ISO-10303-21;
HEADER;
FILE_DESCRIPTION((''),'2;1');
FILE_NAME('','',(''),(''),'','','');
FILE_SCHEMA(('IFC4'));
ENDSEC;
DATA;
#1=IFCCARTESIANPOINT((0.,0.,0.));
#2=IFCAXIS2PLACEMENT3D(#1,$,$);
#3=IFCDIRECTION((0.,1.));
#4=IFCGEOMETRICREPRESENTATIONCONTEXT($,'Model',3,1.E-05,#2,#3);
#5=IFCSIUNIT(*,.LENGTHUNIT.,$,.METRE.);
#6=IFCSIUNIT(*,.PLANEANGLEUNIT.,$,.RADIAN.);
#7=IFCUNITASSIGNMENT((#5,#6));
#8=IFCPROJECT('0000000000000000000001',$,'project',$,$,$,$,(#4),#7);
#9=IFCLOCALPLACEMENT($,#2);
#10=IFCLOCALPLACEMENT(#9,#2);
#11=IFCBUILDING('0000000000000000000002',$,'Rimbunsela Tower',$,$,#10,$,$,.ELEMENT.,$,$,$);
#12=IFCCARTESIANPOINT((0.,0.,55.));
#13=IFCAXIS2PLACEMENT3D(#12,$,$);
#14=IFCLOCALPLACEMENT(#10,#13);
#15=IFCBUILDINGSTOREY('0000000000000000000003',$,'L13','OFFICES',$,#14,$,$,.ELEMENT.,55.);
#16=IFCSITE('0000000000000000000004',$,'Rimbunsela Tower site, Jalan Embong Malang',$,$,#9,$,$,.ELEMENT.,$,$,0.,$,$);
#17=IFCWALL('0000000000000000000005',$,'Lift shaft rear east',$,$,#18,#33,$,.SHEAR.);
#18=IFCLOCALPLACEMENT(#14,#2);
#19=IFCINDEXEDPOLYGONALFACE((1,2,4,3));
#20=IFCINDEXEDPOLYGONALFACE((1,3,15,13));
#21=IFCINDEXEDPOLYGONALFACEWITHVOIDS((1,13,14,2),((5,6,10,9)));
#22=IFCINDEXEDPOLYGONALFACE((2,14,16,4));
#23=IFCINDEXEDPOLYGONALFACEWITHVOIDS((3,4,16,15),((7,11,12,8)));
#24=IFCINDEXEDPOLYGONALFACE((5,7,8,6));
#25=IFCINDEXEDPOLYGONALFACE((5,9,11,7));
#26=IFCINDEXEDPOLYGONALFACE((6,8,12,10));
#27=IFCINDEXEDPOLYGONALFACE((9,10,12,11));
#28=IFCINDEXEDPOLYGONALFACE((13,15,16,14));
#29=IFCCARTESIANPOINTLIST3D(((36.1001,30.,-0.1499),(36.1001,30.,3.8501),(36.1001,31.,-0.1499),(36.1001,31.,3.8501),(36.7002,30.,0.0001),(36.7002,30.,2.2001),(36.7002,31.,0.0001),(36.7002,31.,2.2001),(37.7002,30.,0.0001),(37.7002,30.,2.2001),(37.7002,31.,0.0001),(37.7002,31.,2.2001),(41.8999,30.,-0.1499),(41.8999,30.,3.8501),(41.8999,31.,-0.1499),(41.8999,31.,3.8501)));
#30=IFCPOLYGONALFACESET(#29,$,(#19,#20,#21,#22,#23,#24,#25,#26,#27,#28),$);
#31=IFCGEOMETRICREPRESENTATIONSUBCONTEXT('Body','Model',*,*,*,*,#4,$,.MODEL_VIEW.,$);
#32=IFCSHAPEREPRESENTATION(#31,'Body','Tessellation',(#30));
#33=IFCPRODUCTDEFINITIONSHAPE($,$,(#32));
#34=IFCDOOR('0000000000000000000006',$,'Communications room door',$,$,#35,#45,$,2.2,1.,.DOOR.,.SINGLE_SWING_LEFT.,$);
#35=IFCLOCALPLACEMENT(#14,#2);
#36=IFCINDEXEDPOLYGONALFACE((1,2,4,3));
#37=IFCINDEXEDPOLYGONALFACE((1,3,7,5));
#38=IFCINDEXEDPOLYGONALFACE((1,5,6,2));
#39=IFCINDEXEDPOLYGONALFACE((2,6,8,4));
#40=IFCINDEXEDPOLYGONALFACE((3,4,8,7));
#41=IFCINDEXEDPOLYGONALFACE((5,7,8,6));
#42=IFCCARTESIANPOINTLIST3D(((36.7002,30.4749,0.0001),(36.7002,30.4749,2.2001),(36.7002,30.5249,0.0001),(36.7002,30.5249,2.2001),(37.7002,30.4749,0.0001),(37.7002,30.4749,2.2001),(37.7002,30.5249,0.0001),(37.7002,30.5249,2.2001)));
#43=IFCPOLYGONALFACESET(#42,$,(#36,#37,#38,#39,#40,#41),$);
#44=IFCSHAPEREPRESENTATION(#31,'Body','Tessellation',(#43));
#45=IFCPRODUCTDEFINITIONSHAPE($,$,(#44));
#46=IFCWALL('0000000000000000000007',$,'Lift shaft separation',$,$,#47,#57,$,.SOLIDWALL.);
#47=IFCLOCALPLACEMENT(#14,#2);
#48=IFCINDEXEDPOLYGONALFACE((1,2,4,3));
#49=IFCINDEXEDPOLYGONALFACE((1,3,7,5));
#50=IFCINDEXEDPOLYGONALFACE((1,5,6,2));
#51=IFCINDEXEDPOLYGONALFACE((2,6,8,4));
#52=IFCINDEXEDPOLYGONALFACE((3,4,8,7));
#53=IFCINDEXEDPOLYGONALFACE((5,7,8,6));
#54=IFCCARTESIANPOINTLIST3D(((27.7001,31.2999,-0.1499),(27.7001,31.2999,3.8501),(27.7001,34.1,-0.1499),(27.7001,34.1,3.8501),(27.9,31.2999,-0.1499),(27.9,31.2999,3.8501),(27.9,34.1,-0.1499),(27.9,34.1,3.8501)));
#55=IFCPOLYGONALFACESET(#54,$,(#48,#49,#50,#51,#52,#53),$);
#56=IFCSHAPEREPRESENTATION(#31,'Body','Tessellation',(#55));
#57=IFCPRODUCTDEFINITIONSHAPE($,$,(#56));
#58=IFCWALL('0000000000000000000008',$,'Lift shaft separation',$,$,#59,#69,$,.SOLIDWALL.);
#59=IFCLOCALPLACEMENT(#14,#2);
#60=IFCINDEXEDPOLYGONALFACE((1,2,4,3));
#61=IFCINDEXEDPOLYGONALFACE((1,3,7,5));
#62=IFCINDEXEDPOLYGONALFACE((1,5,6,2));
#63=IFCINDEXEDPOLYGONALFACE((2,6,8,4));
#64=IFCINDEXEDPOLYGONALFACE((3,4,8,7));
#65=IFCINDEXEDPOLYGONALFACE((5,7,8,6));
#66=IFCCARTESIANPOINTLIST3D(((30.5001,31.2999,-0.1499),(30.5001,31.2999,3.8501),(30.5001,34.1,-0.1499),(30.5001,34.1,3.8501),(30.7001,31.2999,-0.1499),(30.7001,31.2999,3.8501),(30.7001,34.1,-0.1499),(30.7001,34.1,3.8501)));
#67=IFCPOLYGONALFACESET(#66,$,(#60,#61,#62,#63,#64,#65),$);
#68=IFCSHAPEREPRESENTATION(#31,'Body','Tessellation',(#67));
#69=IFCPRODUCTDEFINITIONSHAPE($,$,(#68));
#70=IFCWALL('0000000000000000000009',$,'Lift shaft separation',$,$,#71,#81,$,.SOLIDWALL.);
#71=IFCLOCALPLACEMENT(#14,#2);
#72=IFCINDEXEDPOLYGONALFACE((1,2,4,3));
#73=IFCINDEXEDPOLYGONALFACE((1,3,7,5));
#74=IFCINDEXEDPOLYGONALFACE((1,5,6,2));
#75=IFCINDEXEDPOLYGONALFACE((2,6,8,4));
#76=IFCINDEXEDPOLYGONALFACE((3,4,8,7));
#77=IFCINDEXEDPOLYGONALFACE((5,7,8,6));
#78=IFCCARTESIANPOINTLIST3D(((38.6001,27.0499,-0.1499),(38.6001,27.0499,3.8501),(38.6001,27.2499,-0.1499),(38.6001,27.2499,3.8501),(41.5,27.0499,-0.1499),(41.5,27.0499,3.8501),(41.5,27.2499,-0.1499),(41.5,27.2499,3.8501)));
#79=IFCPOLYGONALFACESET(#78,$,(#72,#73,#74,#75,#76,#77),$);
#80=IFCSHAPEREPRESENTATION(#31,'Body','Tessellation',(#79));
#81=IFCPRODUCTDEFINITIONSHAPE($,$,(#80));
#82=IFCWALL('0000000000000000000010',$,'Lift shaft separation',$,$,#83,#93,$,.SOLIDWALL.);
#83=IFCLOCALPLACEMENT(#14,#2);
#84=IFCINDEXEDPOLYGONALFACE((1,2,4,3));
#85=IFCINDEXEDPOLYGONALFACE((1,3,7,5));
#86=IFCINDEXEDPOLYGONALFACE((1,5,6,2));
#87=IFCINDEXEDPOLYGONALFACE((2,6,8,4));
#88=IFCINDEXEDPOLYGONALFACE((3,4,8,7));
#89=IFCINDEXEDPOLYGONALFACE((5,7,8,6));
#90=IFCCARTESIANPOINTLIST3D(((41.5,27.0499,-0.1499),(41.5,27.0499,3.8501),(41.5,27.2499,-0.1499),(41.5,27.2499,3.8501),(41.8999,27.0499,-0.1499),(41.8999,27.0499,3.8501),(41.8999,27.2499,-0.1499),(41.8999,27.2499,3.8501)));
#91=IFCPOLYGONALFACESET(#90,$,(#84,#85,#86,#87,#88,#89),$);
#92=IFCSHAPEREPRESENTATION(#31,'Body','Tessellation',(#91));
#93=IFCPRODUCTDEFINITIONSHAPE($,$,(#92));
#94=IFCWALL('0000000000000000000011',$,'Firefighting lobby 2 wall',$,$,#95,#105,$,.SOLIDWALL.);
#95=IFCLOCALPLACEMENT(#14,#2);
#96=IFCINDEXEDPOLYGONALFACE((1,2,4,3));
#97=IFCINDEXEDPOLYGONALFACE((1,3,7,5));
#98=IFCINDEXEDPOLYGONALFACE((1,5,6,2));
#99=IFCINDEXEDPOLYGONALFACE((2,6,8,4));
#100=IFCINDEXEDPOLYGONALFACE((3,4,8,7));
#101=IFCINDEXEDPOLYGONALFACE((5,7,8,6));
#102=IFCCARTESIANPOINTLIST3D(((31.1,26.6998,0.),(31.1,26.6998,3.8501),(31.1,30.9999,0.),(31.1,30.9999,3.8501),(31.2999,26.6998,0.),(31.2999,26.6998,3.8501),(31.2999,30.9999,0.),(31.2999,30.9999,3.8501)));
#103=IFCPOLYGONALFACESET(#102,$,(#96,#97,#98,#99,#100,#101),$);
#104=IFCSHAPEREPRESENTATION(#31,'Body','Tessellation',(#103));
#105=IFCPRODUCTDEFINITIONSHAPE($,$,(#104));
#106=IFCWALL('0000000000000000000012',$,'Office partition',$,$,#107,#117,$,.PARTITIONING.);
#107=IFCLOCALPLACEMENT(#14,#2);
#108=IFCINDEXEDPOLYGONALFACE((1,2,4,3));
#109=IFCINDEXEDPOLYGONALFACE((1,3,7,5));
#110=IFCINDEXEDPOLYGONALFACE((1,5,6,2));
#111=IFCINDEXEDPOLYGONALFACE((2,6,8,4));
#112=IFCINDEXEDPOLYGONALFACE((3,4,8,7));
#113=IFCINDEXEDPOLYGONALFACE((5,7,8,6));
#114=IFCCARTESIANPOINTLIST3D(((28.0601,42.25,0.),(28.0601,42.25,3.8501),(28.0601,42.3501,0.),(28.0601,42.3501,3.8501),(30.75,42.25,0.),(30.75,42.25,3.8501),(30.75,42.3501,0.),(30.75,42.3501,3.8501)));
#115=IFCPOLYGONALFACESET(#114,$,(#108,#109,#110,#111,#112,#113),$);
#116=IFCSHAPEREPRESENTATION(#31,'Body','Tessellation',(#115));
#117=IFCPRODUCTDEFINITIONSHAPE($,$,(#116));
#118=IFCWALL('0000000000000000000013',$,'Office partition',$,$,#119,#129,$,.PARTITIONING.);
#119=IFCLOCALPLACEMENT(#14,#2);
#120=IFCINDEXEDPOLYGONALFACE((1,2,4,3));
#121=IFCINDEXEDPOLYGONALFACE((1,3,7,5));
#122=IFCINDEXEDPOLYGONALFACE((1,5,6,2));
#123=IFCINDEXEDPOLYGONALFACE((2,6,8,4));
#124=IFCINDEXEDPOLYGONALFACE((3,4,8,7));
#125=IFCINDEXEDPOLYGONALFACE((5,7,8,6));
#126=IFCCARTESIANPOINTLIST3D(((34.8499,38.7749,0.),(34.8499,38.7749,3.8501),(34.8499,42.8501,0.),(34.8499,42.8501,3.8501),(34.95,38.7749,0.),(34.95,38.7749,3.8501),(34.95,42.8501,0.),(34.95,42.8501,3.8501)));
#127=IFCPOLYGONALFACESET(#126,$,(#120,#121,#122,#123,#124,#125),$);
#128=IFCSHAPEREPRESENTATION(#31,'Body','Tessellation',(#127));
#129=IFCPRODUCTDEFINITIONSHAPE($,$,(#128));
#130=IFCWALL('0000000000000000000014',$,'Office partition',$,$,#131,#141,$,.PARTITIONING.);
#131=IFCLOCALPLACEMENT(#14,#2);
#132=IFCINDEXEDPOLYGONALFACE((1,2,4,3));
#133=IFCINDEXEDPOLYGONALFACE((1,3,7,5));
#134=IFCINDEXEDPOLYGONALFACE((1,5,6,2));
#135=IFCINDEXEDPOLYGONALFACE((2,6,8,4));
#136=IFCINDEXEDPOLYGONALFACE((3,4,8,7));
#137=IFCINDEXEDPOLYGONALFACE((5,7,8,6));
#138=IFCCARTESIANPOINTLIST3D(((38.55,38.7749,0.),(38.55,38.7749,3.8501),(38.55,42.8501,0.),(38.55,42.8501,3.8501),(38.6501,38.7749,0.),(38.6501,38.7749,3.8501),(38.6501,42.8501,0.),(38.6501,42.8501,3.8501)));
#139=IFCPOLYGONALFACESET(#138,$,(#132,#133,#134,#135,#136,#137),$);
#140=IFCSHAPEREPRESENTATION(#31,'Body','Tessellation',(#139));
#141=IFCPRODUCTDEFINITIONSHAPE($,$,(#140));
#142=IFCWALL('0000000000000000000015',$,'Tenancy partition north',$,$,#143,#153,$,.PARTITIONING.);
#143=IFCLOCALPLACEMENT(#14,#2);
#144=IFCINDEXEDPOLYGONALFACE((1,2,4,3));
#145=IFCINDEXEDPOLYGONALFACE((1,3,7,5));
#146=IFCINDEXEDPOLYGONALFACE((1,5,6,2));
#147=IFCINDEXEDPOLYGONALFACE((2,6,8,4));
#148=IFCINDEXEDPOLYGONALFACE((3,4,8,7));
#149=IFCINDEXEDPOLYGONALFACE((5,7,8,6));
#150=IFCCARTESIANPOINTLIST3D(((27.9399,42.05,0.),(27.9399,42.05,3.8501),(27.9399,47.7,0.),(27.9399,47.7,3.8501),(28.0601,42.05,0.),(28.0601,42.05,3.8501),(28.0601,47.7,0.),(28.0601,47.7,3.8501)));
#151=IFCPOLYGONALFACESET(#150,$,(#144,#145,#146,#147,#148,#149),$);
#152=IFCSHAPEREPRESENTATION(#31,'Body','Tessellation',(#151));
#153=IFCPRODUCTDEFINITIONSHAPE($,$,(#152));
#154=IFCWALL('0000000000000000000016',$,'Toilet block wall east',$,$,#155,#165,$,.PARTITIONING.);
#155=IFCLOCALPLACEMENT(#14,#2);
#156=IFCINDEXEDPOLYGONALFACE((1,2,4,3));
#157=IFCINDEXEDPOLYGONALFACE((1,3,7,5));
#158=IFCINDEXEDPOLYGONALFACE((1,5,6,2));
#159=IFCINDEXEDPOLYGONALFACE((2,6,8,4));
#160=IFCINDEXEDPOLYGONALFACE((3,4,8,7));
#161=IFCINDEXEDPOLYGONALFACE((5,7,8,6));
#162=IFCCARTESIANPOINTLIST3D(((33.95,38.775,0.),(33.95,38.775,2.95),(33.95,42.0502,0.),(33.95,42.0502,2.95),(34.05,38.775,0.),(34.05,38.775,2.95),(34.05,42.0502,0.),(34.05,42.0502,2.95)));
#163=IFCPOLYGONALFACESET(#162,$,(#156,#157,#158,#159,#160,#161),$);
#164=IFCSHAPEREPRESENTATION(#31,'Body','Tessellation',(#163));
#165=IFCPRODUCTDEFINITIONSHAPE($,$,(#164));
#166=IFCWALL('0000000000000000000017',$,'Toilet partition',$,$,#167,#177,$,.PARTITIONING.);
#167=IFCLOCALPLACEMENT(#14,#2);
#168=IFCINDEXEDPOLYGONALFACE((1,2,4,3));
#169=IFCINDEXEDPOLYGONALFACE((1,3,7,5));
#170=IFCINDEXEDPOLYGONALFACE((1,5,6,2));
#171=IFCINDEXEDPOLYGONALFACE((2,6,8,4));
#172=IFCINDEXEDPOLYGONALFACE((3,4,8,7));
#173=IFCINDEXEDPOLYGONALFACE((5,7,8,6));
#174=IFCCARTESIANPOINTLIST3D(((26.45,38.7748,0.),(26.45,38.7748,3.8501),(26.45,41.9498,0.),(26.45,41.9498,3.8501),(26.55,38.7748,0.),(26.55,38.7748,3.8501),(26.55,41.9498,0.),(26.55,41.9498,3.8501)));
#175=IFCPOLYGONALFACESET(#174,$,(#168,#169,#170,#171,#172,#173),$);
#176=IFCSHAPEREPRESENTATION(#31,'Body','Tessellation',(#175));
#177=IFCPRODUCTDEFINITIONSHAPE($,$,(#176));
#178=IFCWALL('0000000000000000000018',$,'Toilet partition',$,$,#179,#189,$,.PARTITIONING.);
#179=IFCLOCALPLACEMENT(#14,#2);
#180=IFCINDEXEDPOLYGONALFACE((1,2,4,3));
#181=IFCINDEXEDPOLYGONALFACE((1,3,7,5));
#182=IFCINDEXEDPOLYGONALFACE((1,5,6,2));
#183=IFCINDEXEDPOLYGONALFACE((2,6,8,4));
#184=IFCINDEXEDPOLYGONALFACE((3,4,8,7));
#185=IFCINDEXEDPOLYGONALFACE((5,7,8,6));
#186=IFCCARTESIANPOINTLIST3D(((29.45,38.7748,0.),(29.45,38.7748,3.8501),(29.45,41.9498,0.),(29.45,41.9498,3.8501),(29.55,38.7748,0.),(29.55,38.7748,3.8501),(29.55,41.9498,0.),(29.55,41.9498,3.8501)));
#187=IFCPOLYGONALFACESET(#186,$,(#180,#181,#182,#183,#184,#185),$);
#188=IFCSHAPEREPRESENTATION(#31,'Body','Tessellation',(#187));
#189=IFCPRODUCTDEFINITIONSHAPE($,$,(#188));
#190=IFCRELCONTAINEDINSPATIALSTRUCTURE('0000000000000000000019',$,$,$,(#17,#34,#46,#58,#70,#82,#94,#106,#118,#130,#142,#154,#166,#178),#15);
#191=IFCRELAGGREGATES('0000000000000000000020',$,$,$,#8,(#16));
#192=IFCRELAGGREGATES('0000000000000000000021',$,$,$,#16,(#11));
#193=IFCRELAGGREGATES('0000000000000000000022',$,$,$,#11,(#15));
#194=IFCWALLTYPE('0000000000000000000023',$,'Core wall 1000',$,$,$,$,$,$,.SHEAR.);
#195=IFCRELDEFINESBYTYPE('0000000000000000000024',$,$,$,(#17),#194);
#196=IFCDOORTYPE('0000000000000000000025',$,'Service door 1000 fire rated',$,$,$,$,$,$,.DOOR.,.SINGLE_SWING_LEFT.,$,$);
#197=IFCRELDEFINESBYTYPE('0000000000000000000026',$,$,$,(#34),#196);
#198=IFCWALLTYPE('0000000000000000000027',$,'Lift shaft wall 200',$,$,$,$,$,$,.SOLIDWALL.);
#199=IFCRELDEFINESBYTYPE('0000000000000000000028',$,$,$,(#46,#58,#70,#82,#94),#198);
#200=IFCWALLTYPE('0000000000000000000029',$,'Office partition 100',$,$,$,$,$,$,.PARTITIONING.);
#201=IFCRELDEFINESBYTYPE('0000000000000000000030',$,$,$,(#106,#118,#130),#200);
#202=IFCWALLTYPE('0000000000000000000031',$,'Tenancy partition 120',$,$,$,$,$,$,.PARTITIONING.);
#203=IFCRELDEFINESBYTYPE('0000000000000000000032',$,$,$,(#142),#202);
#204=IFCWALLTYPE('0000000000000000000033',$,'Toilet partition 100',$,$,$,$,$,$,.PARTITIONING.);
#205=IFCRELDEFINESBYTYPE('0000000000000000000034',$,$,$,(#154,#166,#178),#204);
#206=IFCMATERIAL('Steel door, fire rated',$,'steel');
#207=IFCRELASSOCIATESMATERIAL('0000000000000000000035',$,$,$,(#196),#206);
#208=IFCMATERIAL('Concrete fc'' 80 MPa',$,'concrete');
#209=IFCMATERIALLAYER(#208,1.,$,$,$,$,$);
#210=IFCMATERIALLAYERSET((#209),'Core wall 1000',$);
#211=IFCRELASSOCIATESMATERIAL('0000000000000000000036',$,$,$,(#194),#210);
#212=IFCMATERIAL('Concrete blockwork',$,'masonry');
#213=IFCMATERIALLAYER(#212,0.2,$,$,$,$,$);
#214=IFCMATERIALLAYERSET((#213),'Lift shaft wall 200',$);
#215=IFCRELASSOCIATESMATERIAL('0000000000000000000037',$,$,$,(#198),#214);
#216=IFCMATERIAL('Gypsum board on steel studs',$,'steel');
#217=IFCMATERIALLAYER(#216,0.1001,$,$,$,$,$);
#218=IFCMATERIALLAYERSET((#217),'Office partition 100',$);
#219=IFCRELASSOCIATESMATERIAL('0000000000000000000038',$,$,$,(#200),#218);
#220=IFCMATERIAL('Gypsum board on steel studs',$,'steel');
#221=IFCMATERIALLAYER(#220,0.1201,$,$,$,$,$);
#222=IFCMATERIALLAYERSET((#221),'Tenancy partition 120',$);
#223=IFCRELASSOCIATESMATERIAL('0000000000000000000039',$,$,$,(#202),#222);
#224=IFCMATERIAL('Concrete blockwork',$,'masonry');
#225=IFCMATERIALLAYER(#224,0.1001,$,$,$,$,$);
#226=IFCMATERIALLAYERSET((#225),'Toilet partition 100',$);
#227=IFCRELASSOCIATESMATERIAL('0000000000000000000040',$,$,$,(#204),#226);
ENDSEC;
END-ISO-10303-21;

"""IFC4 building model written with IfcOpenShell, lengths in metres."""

from ifc_helpers import new_model, si_unit, direction, frame, frame_2d, origin, place, context, subcontext, project, spatial, rectangle, extrude, material, layer, layer_set, type_object, element, fill, save


model = new_model("IFC4")

# Units and contexts
model_context = context("Model", 3, precision=1e-05, world=origin(), true_north=direction((0.0, 1.0)))
body_context = subcontext(model_context, "Body", "Model", "MODEL_VIEW")
ifc_project = project(units=[si_unit("LENGTHUNIT", "METRE"), si_unit("PLANEANGLEUNIT", "RADIAN")], contexts=[model_context])

# Site, building, storey
site_placement = place(None, origin())
site = spatial("IfcSite", under=ifc_project, at=site_placement, Name="Rimbunsela Tower site, Jalan Embong Malang", CompositionType="ELEMENT", RefElevation=0.0)
building_placement = place(site_placement, origin())
building = spatial("IfcBuilding", under=site, at=building_placement, Name="Rimbunsela Tower", CompositionType="ELEMENT")
storey_placement = place(building_placement, frame((0.0, 0.0, 55.0)))
storey = spatial("IfcBuildingStorey", under=building, at=storey_placement, Name="L13", Description="OFFICES", CompositionType="ELEMENT", Elevation=55.0)

# Shared definitions
ifc_material_1 = material(Name="Steel door, fire rated", Category="steel")
door_type = type_object("IfcDoorType", Name="Service door 1000 fire rated", OperationType="SINGLE_SWING_LEFT", PredefinedType="DOOR", material=ifc_material_1)

# Wall, opening, door
ifc_material_2 = material(Name="Concrete fc' 80 MPa", Category="concrete")
ifc_layer_1 = layer(ifc_material_2, 1.0)
ifc_layer_set_1 = layer_set([ifc_layer_1], Name="Core wall 1000")
wall_type_1 = type_object("IfcWallType", Name="Core wall 1000", PredefinedType="SHEAR", material=ifc_layer_set_1)
wall_1_placement = place(storey_placement, frame((36.1001, 30.5, -0.1499), z_axis=(0.0, 0.0, 1.0), x_axis=(1.0, 0.0, 0.0)))
wall_1 = element("IfcWall", 1, at=wall_1_placement, inside=storey, type_object=wall_type_1, Name="Lift shaft rear east", PredefinedType="SHEAR", context=body_context, shape_type="SweptSolid", body=[
    extrude(rectangle(XDim=5.7998, YDim=1.0, at=frame_2d((2.8999, 0.0))), origin(), (0.0, 0.0, 1.0), 4.0),
])
opening_1_placement = place(wall_1_placement, frame((0.6001, 0.0, 0.1499)))
opening_1 = element("IfcOpeningElement", 2, at=opening_1_placement, cuts=wall_1, PredefinedType="OPENING", context=body_context, shape_type="SweptSolid", body=[
    extrude(rectangle(XDim=1.0, YDim=2.2, at=frame_2d((0.5, 1.1001))), frame((0.0, 0.51, 0.0), z_axis=(0.0, -1.0, 0.0), x_axis=(1.0, 0.0, 0.0)), (0.0, 0.0, 1.0), 1.02),
])
door_1_placement = place(opening_1_placement, origin())
door_1 = element("IfcDoor", 3, at=door_1_placement, inside=storey, type_object=door_type, Name="Communications room door", OperationType="SINGLE_SWING_LEFT", OverallHeight=2.2, OverallWidth=1.0, PredefinedType="DOOR", context=body_context, shape_type="SweptSolid", body=[
    extrude(rectangle(XDim=1.0, YDim=2.2, at=frame_2d((0.5, 1.1001))), frame((0.0, 0.0249, 0.0), z_axis=(0.0, -1.0, 0.0), x_axis=(1.0, 0.0, 0.0)), (0.0, 0.0, 1.0), 0.05),
])
fill(opening_1, door_1)

# Walls
ifc_material_3 = material(Name="Concrete blockwork", Category="masonry")
ifc_layer_2 = layer(ifc_material_3, 0.2)
ifc_layer_set_2 = layer_set([ifc_layer_2], Name="Lift shaft wall 200")
wall_type_2 = type_object("IfcWallType", Name="Lift shaft wall 200", PredefinedType="SOLIDWALL", material=ifc_layer_set_2)
for number, where, z_axis, x_axis, name in (
    (4, (27.8, 31.3, -0.1499), (0.0, 0.0, 1.0), (0.0, 1.0, 0.0), "Lift shaft separation"),
    (5, (30.6001, 31.3, -0.1499), (0.0, 0.0, 1.0), (0.0, 1.0, 0.0), "Lift shaft separation"),
):
    element("IfcWall", number, at=place(storey_placement, frame(where, z_axis=z_axis, x_axis=x_axis)), inside=storey, type_object=wall_type_2, Name=name, PredefinedType="SOLIDWALL", context=body_context, shape_type="SweptSolid", body=[
        extrude(rectangle(XDim=2.8, YDim=0.2, at=frame_2d((1.3999, 0.0))), origin(), (0.0, 0.0, 1.0), 4.0),
    ])
wall_2_placement = place(storey_placement, frame((38.6001, 27.1499, -0.1499), z_axis=(0.0, 0.0, 1.0), x_axis=(1.0, 0.0, 0.0)))
element("IfcWall", 6, at=wall_2_placement, inside=storey, type_object=wall_type_2, Name="Lift shaft separation", PredefinedType="SOLIDWALL", context=body_context, shape_type="SweptSolid", body=[
    extrude(rectangle(XDim=2.8999, YDim=0.2, at=frame_2d((1.45, 0.0))), origin(), (0.0, 0.0, 1.0), 4.0),
])
wall_3_placement = place(storey_placement, frame((41.5, 27.1499, -0.1499), z_axis=(0.0, 0.0, 1.0), x_axis=(1.0, 0.0, 0.0)))
element("IfcWall", 7, at=wall_3_placement, inside=storey, type_object=wall_type_2, Name="Lift shaft separation", PredefinedType="SOLIDWALL", context=body_context, shape_type="SweptSolid", body=[
    extrude(rectangle(XDim=0.3999, YDim=0.2, at=frame_2d((0.2, 0.0))), origin(), (0.0, 0.0, 1.0), 4.0),
])
wall_4_placement = place(storey_placement, frame((31.2, 26.7, 0.0), z_axis=(0.0, 0.0, 1.0), x_axis=(0.0, 1.0, 0.0)))
element("IfcWall", 8, at=wall_4_placement, inside=storey, type_object=wall_type_2, Name="Firefighting lobby 2 wall", PredefinedType="SOLIDWALL", context=body_context, shape_type="SweptSolid", body=[
    extrude(rectangle(XDim=4.3, YDim=0.2, at=frame_2d((2.1499, 0.0))), origin(), (0.0, 0.0, 1.0), 3.8501),
])
ifc_material_4 = material(Name="Gypsum board on steel studs", Category="steel")
ifc_layer_3 = layer(ifc_material_4, 0.1001)
ifc_layer_set_3 = layer_set([ifc_layer_3], Name="Office partition 100")
wall_type_3 = type_object("IfcWallType", Name="Office partition 100", PredefinedType="PARTITIONING", material=ifc_layer_set_3)
wall_5_placement = place(storey_placement, frame((28.0601, 42.3, 0.0), z_axis=(0.0, 0.0, 1.0), x_axis=(1.0, 0.0, 0.0)))
element("IfcWall", 9, at=wall_5_placement, inside=storey, type_object=wall_type_3, Name="Office partition", PredefinedType="PARTITIONING", context=body_context, shape_type="SweptSolid", body=[
    extrude(rectangle(XDim=2.6899, YDim=0.1001, at=frame_2d((1.345, 0.0))), origin(), (0.0, 0.0, 1.0), 3.8501),
])
for number, where, z_axis, x_axis, name in (
    (10, (34.8999, 38.7749, 0.0), (0.0, 0.0, 1.0), (0.0, 1.0, 0.0), "Office partition"),
    (11, (38.6001, 38.7749, 0.0), (0.0, 0.0, 1.0), (0.0, 1.0, 0.0), "Office partition"),
):
    element("IfcWall", number, at=place(storey_placement, frame(where, z_axis=z_axis, x_axis=x_axis)), inside=storey, type_object=wall_type_3, Name=name, PredefinedType="PARTITIONING", context=body_context, shape_type="SweptSolid", body=[
        extrude(rectangle(XDim=4.0752, YDim=0.1001, at=frame_2d((2.0376, 0.0))), origin(), (0.0, 0.0, 1.0), 3.8501),
    ])
ifc_material_5 = material(Name="Gypsum board on steel studs", Category="steel")
ifc_layer_4 = layer(ifc_material_5, 0.1201)
ifc_layer_set_4 = layer_set([ifc_layer_4], Name="Tenancy partition 120")
wall_type_4 = type_object("IfcWallType", Name="Tenancy partition 120", PredefinedType="PARTITIONING", material=ifc_layer_set_4)
wall_6_placement = place(storey_placement, frame((28.0, 42.05, 0.0), z_axis=(0.0, 0.0, 1.0), x_axis=(0.0, 1.0, 0.0)))
element("IfcWall", 12, at=wall_6_placement, inside=storey, type_object=wall_type_4, Name="Tenancy partition north", PredefinedType="PARTITIONING", context=body_context, shape_type="SweptSolid", body=[
    extrude(rectangle(XDim=5.6499, YDim=0.1201, at=frame_2d((2.825, 0.0))), origin(), (0.0, 0.0, 1.0), 3.8501),
])
ifc_material_6 = material(Name="Concrete blockwork", Category="masonry")
ifc_layer_5 = layer(ifc_material_6, 0.1001)
ifc_layer_set_5 = layer_set([ifc_layer_5], Name="Toilet partition 100")
wall_type_5 = type_object("IfcWallType", Name="Toilet partition 100", PredefinedType="PARTITIONING", material=ifc_layer_set_5)
wall_7_placement = place(storey_placement, frame((34.0, 38.7749, 0.0), z_axis=(0.0, 0.0, 1.0), x_axis=(0.0, 1.0, 0.0)))
element("IfcWall", 13, at=wall_7_placement, inside=storey, type_object=wall_type_5, Name="Toilet block wall east", PredefinedType="PARTITIONING", context=body_context, shape_type="SweptSolid", body=[
    extrude(rectangle(XDim=3.2751, YDim=0.1001, at=frame_2d((1.6377, 0.0))), origin(), (0.0, 0.0, 1.0), 2.95),
])
for number, where, z_axis, x_axis, name in (
    (14, (26.5, 38.7749, 0.0), (0.0, 0.0, 1.0), (0.0, 1.0, 0.0), "Toilet partition"),
    (15, (29.5, 38.7749, 0.0), (0.0, 0.0, 1.0), (0.0, 1.0, 0.0), "Toilet partition"),
):
    element("IfcWall", number, at=place(storey_placement, frame(where, z_axis=z_axis, x_axis=x_axis)), inside=storey, type_object=wall_type_5, Name=name, PredefinedType="PARTITIONING", context=body_context, shape_type="SweptSolid", body=[
        extrude(rectangle(XDim=3.175, YDim=0.1001, at=frame_2d((1.5874, 0.0))), origin(), (0.0, 0.0, 1.0), 3.8501),
    ])

save(model, "model.ifc")
